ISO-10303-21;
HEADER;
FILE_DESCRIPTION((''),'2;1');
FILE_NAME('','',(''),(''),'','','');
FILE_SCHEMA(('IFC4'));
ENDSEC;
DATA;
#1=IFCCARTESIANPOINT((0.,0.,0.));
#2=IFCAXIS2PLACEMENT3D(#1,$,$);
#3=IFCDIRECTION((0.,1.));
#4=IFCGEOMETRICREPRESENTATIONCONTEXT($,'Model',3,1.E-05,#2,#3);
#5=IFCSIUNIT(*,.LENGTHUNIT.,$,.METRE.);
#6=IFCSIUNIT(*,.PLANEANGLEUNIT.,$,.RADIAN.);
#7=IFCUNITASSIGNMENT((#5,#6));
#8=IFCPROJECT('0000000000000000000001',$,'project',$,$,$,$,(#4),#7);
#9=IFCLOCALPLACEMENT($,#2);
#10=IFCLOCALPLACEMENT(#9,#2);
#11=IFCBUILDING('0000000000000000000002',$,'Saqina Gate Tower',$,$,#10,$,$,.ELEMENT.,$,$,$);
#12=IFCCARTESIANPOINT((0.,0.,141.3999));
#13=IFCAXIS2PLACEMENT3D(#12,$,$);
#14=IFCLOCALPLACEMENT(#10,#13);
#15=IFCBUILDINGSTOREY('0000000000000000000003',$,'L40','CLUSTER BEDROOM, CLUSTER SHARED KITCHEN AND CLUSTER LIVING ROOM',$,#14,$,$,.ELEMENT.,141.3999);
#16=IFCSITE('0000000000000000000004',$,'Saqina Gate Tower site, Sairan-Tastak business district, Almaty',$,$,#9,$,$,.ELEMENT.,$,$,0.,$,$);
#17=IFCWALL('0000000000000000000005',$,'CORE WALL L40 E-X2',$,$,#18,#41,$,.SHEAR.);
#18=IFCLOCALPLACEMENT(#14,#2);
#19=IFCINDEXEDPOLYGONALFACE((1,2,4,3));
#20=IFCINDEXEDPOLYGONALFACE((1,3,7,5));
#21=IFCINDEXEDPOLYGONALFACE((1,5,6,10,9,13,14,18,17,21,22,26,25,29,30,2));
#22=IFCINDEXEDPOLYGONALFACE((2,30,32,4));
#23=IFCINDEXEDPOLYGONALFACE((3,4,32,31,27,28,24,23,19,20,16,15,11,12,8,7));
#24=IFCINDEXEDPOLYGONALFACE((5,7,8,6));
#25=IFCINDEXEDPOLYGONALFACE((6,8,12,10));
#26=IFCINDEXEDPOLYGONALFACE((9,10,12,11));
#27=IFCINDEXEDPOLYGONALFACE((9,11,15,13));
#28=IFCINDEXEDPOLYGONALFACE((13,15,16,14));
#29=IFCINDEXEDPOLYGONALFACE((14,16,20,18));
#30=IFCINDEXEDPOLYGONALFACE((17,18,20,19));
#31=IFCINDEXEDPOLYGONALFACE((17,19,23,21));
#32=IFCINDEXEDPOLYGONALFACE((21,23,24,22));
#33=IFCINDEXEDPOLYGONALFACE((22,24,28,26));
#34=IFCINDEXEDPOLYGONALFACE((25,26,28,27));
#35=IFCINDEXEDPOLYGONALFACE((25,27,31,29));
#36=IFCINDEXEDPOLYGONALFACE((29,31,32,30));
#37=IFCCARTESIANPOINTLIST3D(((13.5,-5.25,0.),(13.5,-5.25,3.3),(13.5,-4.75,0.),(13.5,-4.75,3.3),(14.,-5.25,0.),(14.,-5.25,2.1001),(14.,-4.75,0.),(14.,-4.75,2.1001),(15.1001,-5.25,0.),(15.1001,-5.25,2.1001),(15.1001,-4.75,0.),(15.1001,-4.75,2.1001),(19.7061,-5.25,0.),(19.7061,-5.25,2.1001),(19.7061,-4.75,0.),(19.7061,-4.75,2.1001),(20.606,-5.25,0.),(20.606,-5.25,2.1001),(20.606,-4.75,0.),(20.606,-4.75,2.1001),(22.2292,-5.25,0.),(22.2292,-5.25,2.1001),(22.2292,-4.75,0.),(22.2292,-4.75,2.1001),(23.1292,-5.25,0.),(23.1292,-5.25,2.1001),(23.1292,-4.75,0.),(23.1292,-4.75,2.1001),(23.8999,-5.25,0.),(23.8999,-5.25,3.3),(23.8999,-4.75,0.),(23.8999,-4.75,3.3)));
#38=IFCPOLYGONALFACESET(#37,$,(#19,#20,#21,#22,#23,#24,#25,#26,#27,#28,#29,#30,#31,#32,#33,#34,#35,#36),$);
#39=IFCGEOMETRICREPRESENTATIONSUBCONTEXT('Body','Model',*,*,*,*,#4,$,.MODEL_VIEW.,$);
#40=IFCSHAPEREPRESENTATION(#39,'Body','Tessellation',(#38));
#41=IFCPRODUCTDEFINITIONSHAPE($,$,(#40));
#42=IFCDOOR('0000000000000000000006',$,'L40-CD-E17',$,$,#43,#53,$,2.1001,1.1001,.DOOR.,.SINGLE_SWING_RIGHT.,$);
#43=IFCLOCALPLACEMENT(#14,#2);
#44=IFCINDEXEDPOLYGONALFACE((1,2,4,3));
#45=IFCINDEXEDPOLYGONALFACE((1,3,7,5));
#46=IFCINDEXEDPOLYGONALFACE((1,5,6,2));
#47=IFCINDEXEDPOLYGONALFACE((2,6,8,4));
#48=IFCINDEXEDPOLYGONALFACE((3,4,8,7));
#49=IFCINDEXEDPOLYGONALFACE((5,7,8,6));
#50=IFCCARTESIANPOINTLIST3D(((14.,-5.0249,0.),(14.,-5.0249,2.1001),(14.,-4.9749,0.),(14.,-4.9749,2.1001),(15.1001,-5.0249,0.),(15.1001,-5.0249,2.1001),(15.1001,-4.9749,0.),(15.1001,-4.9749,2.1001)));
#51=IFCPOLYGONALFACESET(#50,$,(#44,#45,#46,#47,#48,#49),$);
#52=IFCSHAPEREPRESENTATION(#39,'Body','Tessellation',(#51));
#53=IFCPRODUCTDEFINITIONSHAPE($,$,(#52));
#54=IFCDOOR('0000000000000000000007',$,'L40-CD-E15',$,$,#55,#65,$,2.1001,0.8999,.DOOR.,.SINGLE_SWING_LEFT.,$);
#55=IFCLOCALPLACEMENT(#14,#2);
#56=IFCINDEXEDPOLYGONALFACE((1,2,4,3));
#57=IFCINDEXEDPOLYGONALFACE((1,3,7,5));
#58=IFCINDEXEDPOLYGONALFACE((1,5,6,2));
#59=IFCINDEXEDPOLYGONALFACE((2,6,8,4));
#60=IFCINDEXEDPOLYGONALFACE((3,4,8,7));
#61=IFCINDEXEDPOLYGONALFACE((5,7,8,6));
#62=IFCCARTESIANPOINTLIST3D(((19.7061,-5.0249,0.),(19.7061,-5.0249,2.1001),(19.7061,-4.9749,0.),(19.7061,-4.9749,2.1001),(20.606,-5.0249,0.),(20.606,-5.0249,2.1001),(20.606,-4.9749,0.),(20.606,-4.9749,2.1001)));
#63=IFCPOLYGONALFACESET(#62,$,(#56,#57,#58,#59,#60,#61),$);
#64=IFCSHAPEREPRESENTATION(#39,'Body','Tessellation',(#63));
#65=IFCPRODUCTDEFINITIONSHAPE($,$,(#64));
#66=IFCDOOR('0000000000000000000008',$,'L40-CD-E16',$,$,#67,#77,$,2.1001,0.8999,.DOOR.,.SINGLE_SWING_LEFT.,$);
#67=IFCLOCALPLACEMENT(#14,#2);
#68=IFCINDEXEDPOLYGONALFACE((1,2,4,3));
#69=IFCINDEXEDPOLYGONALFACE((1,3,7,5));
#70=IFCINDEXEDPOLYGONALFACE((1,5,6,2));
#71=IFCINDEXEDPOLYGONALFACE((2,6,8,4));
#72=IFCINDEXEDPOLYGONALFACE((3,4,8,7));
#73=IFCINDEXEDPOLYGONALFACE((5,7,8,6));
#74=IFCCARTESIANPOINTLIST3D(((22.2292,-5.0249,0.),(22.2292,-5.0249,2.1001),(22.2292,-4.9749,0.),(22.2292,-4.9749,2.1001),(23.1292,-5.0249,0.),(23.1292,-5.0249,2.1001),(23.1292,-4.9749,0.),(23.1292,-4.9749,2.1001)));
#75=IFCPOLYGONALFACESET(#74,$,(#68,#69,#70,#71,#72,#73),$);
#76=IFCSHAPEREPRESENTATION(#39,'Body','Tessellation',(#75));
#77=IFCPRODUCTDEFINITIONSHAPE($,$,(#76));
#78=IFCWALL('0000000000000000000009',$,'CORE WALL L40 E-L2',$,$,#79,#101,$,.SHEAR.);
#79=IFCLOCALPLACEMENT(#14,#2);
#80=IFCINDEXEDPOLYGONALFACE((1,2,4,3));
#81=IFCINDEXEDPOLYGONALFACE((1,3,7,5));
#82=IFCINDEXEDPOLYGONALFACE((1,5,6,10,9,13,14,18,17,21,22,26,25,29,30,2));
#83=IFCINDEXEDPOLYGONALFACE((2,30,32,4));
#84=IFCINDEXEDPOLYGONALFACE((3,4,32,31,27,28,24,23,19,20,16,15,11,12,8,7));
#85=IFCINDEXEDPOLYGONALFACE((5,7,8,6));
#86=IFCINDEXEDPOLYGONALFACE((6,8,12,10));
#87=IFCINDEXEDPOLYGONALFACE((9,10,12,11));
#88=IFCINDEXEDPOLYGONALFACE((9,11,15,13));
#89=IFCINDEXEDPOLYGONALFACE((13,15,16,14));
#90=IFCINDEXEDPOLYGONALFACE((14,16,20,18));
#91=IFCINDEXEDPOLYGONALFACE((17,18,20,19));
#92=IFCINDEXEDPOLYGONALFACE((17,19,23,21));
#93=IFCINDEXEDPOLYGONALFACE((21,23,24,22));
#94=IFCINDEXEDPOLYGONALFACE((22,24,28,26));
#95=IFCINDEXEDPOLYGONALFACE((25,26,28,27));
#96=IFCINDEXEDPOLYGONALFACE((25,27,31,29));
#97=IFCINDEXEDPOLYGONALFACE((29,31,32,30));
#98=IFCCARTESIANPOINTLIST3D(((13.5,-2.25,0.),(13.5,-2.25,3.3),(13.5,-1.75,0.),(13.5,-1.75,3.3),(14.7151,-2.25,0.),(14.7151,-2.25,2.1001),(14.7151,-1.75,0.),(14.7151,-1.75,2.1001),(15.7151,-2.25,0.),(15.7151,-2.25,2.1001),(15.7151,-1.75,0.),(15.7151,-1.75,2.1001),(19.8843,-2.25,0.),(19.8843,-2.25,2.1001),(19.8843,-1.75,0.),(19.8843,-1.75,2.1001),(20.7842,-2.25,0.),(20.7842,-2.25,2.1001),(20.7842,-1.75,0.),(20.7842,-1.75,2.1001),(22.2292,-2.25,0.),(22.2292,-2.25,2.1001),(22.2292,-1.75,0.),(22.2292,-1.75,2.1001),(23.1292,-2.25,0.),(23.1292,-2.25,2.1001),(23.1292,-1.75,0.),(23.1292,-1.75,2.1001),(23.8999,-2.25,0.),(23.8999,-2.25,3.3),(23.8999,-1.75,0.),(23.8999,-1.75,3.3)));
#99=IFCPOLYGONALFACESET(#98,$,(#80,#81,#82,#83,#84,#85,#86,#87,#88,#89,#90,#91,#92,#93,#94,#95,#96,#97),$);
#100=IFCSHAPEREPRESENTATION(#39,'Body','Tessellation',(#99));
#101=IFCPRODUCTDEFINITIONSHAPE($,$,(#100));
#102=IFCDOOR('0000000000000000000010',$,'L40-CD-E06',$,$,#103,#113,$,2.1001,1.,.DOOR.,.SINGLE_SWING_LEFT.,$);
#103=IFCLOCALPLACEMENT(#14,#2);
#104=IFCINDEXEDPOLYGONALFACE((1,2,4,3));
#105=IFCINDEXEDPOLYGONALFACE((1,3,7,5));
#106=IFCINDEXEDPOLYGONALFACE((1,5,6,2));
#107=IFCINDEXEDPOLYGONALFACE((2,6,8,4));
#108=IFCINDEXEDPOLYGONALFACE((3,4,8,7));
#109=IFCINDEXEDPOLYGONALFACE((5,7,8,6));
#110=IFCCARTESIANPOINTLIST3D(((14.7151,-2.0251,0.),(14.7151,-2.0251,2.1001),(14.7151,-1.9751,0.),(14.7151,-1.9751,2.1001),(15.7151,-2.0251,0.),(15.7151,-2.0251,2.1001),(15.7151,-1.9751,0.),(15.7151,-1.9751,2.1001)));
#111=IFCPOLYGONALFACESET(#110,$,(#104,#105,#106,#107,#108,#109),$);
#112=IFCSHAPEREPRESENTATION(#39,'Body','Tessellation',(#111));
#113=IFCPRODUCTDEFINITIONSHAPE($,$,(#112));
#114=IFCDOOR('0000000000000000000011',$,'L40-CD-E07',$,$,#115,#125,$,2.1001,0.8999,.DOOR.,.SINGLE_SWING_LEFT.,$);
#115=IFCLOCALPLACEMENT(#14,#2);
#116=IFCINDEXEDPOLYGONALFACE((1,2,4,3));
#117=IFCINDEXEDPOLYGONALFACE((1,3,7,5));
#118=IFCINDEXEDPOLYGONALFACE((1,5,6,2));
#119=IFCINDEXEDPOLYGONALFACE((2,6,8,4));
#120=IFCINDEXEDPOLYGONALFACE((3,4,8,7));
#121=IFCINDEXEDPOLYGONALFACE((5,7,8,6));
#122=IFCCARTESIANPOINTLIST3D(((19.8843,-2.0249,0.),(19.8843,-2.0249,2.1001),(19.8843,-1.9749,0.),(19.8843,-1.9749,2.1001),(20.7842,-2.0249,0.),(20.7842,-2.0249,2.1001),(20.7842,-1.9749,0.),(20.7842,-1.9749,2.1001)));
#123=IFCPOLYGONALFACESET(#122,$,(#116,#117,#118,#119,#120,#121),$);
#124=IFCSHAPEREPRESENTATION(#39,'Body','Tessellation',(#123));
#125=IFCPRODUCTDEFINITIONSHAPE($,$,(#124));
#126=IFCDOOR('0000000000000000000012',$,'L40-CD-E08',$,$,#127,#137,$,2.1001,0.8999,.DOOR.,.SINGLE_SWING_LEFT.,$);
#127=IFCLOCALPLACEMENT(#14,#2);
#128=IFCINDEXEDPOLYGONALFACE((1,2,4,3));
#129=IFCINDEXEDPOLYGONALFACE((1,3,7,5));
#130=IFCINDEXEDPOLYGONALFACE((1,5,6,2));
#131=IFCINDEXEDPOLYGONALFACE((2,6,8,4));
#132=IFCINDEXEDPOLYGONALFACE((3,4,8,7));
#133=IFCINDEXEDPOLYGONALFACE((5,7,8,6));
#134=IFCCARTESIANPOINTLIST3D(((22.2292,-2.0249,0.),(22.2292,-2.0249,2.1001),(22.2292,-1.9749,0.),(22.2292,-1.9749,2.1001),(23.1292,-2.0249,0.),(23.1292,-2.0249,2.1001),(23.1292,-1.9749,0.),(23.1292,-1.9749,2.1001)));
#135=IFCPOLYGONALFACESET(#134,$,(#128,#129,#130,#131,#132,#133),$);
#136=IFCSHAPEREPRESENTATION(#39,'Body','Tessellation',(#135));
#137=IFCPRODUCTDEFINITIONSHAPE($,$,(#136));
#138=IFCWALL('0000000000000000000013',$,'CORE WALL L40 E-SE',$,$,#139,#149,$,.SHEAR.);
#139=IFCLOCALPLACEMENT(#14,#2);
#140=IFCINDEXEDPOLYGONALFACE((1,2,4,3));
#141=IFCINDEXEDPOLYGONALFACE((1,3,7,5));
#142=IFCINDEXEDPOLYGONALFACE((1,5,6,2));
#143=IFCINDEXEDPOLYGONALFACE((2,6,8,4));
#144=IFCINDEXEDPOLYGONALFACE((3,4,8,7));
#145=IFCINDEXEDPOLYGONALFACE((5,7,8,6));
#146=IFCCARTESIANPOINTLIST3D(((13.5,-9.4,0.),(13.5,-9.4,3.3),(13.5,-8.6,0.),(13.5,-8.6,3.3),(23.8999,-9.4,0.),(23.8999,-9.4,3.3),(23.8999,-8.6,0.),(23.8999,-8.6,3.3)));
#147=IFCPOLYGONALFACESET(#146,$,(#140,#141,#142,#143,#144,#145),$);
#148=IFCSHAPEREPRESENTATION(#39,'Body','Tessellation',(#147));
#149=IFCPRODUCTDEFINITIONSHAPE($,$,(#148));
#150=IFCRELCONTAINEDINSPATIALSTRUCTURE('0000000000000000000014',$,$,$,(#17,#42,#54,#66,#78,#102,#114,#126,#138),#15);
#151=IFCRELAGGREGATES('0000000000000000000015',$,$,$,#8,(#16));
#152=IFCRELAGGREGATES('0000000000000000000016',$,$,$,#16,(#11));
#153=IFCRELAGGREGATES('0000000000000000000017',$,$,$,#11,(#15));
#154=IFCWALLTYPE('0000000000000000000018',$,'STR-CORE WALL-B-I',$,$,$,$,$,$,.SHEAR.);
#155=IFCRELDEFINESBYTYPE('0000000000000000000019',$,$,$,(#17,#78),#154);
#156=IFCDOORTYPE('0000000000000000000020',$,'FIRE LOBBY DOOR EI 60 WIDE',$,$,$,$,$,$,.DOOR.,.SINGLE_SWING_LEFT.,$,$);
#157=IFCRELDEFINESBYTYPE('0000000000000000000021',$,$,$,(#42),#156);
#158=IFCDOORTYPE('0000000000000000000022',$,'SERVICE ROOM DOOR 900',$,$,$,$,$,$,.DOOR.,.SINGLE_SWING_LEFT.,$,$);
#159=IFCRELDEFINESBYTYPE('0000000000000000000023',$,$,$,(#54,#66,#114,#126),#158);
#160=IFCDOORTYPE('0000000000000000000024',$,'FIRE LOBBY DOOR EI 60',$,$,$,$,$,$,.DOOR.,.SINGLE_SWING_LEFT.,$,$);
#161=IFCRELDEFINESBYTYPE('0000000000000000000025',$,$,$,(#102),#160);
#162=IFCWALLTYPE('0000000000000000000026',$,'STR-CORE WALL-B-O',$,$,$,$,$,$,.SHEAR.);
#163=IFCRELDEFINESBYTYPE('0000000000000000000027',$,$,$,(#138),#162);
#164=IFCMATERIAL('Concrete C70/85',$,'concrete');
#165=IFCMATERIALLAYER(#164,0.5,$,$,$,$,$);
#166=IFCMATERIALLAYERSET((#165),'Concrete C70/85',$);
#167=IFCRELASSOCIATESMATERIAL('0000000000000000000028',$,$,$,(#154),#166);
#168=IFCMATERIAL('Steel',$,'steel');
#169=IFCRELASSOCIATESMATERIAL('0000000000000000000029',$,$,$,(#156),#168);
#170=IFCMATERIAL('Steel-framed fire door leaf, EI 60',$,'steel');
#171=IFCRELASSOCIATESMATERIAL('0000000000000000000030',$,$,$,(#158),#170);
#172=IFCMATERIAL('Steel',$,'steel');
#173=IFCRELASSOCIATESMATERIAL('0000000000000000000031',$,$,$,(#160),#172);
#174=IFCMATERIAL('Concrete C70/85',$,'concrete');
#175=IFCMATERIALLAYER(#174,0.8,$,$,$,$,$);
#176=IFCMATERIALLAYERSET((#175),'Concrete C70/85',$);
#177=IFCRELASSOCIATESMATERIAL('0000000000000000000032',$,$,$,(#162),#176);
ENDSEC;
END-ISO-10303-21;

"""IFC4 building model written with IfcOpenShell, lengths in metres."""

from ifc_helpers import new_model, si_unit, direction, frame, frame_2d, origin, place, context, subcontext, project, spatial, rectangle, extrude, material, layer, layer_set, type_object, element, fill, save


model = new_model("IFC4")

# Units and contexts
model_context = context("Model", 3, precision=1e-05, world=origin(), true_north=direction((0.0, 1.0)))
body_context = subcontext(model_context, "Body", "Model", "MODEL_VIEW")
ifc_project = project(units=[si_unit("LENGTHUNIT", "METRE"), si_unit("PLANEANGLEUNIT", "RADIAN")], contexts=[model_context])

# Site, building, storey
site_placement = place(None, origin())
site = spatial("IfcSite", under=ifc_project, at=site_placement, Name="Saqina Gate Tower site, Sairan-Tastak business district, Almaty", CompositionType="ELEMENT", RefElevation=0.0)
building_placement = place(site_placement, origin())
building = spatial("IfcBuilding", under=site, at=building_placement, Name="Saqina Gate Tower", CompositionType="ELEMENT")
storey_placement = place(building_placement, frame((0.0, 0.0, 141.3999)))
storey = spatial("IfcBuildingStorey", under=building, at=storey_placement, Name="L40", Description="CLUSTER BEDROOM, CLUSTER SHARED KITCHEN AND CLUSTER LIVING ROOM", CompositionType="ELEMENT", Elevation=141.3999)

# Walls, openings, doors
ifc_material_1 = material(Name="Concrete C70/85", Category="concrete")
ifc_layer_1 = layer(ifc_material_1, 0.5)
ifc_layer_set_1 = layer_set([ifc_layer_1], Name="Concrete C70/85")
wall_type_1 = type_object("IfcWallType", Name="STR-CORE WALL-B-I", PredefinedType="SHEAR", material=ifc_layer_set_1)
wall_1_placement = place(storey_placement, frame((13.5, -5.0, 0.0), z_axis=(0.0, 0.0, 1.0), x_axis=(1.0, 0.0, 0.0)))
wall_1 = element("IfcWall", 1, at=wall_1_placement, inside=storey, type_object=wall_type_1, Name="CORE WALL L40 E-X2", PredefinedType="SHEAR", context=body_context, shape_type="SweptSolid", body=[
    extrude(rectangle(XDim=10.3999, YDim=0.5, at=frame_2d((5.2, 0.0))), origin(), (0.0, 0.0, 1.0), 3.3),
])
opening_1_placement = place(wall_1_placement, frame((6.2061, 0.0, 0.0)))
opening_1 = element("IfcOpeningElement", 2, at=opening_1_placement, cuts=wall_1, PredefinedType="OPENING", context=body_context, shape_type="SweptSolid", body=[
    extrude(rectangle(XDim=0.8999, YDim=2.1001, at=frame_2d((0.45, 1.05))), frame((0.0, 0.262, 0.0), z_axis=(0.0, -1.0, 0.0), x_axis=(1.0, 0.0, 0.0)), (0.0, 0.0, 1.0), 0.5239),
])
opening_2_placement = place(wall_1_placement, frame((8.7292, 0.0, 0.0)))
opening_2 = element("IfcOpeningElement", 3, at=opening_2_placement, cuts=wall_1, PredefinedType="OPENING", context=body_context, shape_type="SweptSolid", body=[
    extrude(rectangle(XDim=0.8999, YDim=2.1001, at=frame_2d((0.45, 1.05))), frame((0.0, 0.262, 0.0), z_axis=(0.0, -1.0, 0.0), x_axis=(1.0, 0.0, 0.0)), (0.0, 0.0, 1.0), 0.5239),
])
opening_3_placement = place(wall_1_placement, frame((0.5, 0.0, 0.0)))
opening_3 = element("IfcOpeningElement", 4, at=opening_3_placement, cuts=wall_1, PredefinedType="OPENING", context=body_context, shape_type="SweptSolid", body=[
    extrude(rectangle(XDim=1.1001, YDim=2.1001, at=frame_2d((0.55, 1.05))), frame((0.0, 0.262, 0.0), z_axis=(0.0, -1.0, 0.0), x_axis=(1.0, 0.0, 0.0)), (0.0, 0.0, 1.0), 0.5239),
])
ifc_material_2 = material(Name="Steel", Category="steel")
door_type_1 = type_object("IfcDoorType", Name="FIRE LOBBY DOOR EI 60 WIDE", OperationType="SINGLE_SWING_LEFT", PredefinedType="DOOR", material=ifc_material_2)
door_1_placement = place(opening_3_placement, frame((1.1001, 0.0, 0.0), z_axis=(0.0, 0.0, 1.0), x_axis=(-1.0, 0.0, 0.0)))
door_1 = element("IfcDoor", 5, at=door_1_placement, inside=storey, type_object=door_type_1, Name="L40-CD-E17", OperationType="SINGLE_SWING_RIGHT", OverallHeight=2.1001, OverallWidth=1.1001, PredefinedType="DOOR", context=body_context, shape_type="SweptSolid", body=[
    extrude(rectangle(XDim=1.1001, YDim=2.1001, at=frame_2d((0.55, 1.05))), frame((0.0, 0.0249, 0.0), z_axis=(0.0, -1.0, 0.0), x_axis=(1.0, 0.0, 0.0)), (0.0, 0.0, 1.0), 0.05),
])
fill(opening_3, door_1)
ifc_material_3 = material(Name="Steel-framed fire door leaf, EI 60", Category="steel")
door_type_2 = type_object("IfcDoorType", Name="SERVICE ROOM DOOR 900", OperationType="SINGLE_SWING_LEFT", PredefinedType="DOOR", material=ifc_material_3)
door_2_placement = place(opening_1_placement, frame((0.8999, 0.0, 0.0), z_axis=(0.0, 0.0, 1.0), x_axis=(-1.0, 0.0, 0.0)))
door_2 = element("IfcDoor", 6, at=door_2_placement, inside=storey, type_object=door_type_2, Name="L40-CD-E15", OperationType="SINGLE_SWING_LEFT", OverallHeight=2.1001, OverallWidth=0.8999, PredefinedType="DOOR", context=body_context, shape_type="SweptSolid", body=[
    extrude(rectangle(XDim=0.8999, YDim=2.1001, at=frame_2d((0.45, 1.05))), frame((0.0, 0.0249, 0.0), z_axis=(0.0, -1.0, 0.0), x_axis=(1.0, 0.0, 0.0)), (0.0, 0.0, 1.0), 0.05),
])
fill(opening_1, door_2)
door_3_placement = place(opening_2_placement, frame((0.8999, 0.0, 0.0), z_axis=(0.0, 0.0, 1.0), x_axis=(-1.0, 0.0, 0.0)))
door_3 = element("IfcDoor", 7, at=door_3_placement, inside=storey, type_object=door_type_2, Name="L40-CD-E16", OperationType="SINGLE_SWING_LEFT", OverallHeight=2.1001, OverallWidth=0.8999, PredefinedType="DOOR", context=body_context, shape_type="SweptSolid", body=[
    extrude(rectangle(XDim=0.8999, YDim=2.1001, at=frame_2d((0.45, 1.05))), frame((0.0, 0.0249, 0.0), z_axis=(0.0, -1.0, 0.0), x_axis=(1.0, 0.0, 0.0)), (0.0, 0.0, 1.0), 0.05),
])
fill(opening_2, door_3)
wall_2_placement = place(storey_placement, frame((13.5, -2.0, 0.0), z_axis=(0.0, 0.0, 1.0), x_axis=(1.0, 0.0, 0.0)))
wall_2 = element("IfcWall", 8, at=wall_2_placement, inside=storey, type_object=wall_type_1, Name="CORE WALL L40 E-L2", PredefinedType="SHEAR", context=body_context, shape_type="SweptSolid", body=[
    extrude(rectangle(XDim=10.3999, YDim=0.5, at=frame_2d((5.2, 0.0))), origin(), (0.0, 0.0, 1.0), 3.3),
])
opening_4_placement = place(wall_2_placement, frame((1.2151, 0.0, 0.0)))
opening_4 = element("IfcOpeningElement", 9, at=opening_4_placement, cuts=wall_2, PredefinedType="OPENING", context=body_context, shape_type="SweptSolid", body=[
    extrude(rectangle(XDim=1.0, YDim=2.1001, at=frame_2d((0.5, 1.05))), frame((0.0, 0.262, 0.0), z_axis=(0.0, -1.0, 0.0), x_axis=(1.0, 0.0, 0.0)), (0.0, 0.0, 1.0), 0.5239),
])
opening_5_placement = place(wall_2_placement, frame((6.3843, 0.0, 0.0)))
opening_5 = element("IfcOpeningElement", 10, at=opening_5_placement, cuts=wall_2, PredefinedType="OPENING", context=body_context, shape_type="SweptSolid", body=[
    extrude(rectangle(XDim=0.8999, YDim=2.1001, at=frame_2d((0.45, 1.05))), frame((0.0, 0.262, 0.0), z_axis=(0.0, -1.0, 0.0), x_axis=(1.0, 0.0, 0.0)), (0.0, 0.0, 1.0), 0.5239),
])
opening_6_placement = place(wall_2_placement, frame((8.7292, 0.0, 0.0)))
opening_6 = element("IfcOpeningElement", 11, at=opening_6_placement, cuts=wall_2, PredefinedType="OPENING", context=body_context, shape_type="SweptSolid", body=[
    extrude(rectangle(XDim=0.8999, YDim=2.1001, at=frame_2d((0.45, 1.05))), frame((0.0, 0.262, 0.0), z_axis=(0.0, -1.0, 0.0), x_axis=(1.0, 0.0, 0.0)), (0.0, 0.0, 1.0), 0.5239),
])
ifc_material_4 = material(Name="Steel", Category="steel")
door_type_3 = type_object("IfcDoorType", Name="FIRE LOBBY DOOR EI 60", OperationType="SINGLE_SWING_LEFT", PredefinedType="DOOR", material=ifc_material_4)
door_4_placement = place(opening_4_placement, origin())
door_4 = element("IfcDoor", 12, at=door_4_placement, inside=storey, type_object=door_type_3, Name="L40-CD-E06", OperationType="SINGLE_SWING_LEFT", OverallHeight=2.1001, OverallWidth=1.0, PredefinedType="DOOR", context=body_context, shape_type="SweptSolid", body=[
    extrude(rectangle(XDim=1.0, YDim=2.1001, at=frame_2d((0.5, 1.05))), frame((0.0, 0.0249, 0.0), z_axis=(0.0, -1.0, 0.0), x_axis=(1.0, 0.0, 0.0)), (0.0, 0.0, 1.0), 0.05),
])
fill(opening_4, door_4)
door_5_placement = place(opening_5_placement, frame((0.8999, 0.0, 0.0), z_axis=(0.0, 0.0, 1.0), x_axis=(-1.0, 0.0, 0.0)))
door_5 = element("IfcDoor", 13, at=door_5_placement, inside=storey, type_object=door_type_2, Name="L40-CD-E07", OperationType="SINGLE_SWING_LEFT", OverallHeight=2.1001, OverallWidth=0.8999, PredefinedType="DOOR", context=body_context, shape_type="SweptSolid", body=[
    extrude(rectangle(XDim=0.8999, YDim=2.1001, at=frame_2d((0.45, 1.05))), frame((0.0, 0.0249, 0.0), z_axis=(0.0, -1.0, 0.0), x_axis=(1.0, 0.0, 0.0)), (0.0, 0.0, 1.0), 0.05),
])
fill(opening_5, door_5)
door_6_placement = place(opening_6_placement, frame((0.8999, 0.0, 0.0), z_axis=(0.0, 0.0, 1.0), x_axis=(-1.0, 0.0, 0.0)))
door_6 = element("IfcDoor", 14, at=door_6_placement, inside=storey, type_object=door_type_2, Name="L40-CD-E08", OperationType="SINGLE_SWING_LEFT", OverallHeight=2.1001, OverallWidth=0.8999, PredefinedType="DOOR", context=body_context, shape_type="SweptSolid", body=[
    extrude(rectangle(XDim=0.8999, YDim=2.1001, at=frame_2d((0.45, 1.05))), frame((0.0, 0.0249, 0.0), z_axis=(0.0, -1.0, 0.0), x_axis=(1.0, 0.0, 0.0)), (0.0, 0.0, 1.0), 0.05),
])
fill(opening_6, door_6)
ifc_material_5 = material(Name="Concrete C70/85", Category="concrete")
ifc_layer_2 = layer(ifc_material_5, 0.8)
ifc_layer_set_2 = layer_set([ifc_layer_2], Name="Concrete C70/85")
wall_type_2 = type_object("IfcWallType", Name="STR-CORE WALL-B-O", PredefinedType="SHEAR", material=ifc_layer_set_2)

# Wall
wall_3_placement = place(storey_placement, frame((13.5, -9.0, 0.0), z_axis=(0.0, 0.0, 1.0), x_axis=(1.0, 0.0, 0.0)))
element("IfcWall", 15, at=wall_3_placement, inside=storey, type_object=wall_type_2, Name="CORE WALL L40 E-SE", PredefinedType="SHEAR", context=body_context, shape_type="SweptSolid", body=[
    extrude(rectangle(XDim=10.3999, YDim=0.8, at=frame_2d((5.2, 0.0))), origin(), (0.0, 0.0, 1.0), 3.3),
])

save(model, "model.ifc")
